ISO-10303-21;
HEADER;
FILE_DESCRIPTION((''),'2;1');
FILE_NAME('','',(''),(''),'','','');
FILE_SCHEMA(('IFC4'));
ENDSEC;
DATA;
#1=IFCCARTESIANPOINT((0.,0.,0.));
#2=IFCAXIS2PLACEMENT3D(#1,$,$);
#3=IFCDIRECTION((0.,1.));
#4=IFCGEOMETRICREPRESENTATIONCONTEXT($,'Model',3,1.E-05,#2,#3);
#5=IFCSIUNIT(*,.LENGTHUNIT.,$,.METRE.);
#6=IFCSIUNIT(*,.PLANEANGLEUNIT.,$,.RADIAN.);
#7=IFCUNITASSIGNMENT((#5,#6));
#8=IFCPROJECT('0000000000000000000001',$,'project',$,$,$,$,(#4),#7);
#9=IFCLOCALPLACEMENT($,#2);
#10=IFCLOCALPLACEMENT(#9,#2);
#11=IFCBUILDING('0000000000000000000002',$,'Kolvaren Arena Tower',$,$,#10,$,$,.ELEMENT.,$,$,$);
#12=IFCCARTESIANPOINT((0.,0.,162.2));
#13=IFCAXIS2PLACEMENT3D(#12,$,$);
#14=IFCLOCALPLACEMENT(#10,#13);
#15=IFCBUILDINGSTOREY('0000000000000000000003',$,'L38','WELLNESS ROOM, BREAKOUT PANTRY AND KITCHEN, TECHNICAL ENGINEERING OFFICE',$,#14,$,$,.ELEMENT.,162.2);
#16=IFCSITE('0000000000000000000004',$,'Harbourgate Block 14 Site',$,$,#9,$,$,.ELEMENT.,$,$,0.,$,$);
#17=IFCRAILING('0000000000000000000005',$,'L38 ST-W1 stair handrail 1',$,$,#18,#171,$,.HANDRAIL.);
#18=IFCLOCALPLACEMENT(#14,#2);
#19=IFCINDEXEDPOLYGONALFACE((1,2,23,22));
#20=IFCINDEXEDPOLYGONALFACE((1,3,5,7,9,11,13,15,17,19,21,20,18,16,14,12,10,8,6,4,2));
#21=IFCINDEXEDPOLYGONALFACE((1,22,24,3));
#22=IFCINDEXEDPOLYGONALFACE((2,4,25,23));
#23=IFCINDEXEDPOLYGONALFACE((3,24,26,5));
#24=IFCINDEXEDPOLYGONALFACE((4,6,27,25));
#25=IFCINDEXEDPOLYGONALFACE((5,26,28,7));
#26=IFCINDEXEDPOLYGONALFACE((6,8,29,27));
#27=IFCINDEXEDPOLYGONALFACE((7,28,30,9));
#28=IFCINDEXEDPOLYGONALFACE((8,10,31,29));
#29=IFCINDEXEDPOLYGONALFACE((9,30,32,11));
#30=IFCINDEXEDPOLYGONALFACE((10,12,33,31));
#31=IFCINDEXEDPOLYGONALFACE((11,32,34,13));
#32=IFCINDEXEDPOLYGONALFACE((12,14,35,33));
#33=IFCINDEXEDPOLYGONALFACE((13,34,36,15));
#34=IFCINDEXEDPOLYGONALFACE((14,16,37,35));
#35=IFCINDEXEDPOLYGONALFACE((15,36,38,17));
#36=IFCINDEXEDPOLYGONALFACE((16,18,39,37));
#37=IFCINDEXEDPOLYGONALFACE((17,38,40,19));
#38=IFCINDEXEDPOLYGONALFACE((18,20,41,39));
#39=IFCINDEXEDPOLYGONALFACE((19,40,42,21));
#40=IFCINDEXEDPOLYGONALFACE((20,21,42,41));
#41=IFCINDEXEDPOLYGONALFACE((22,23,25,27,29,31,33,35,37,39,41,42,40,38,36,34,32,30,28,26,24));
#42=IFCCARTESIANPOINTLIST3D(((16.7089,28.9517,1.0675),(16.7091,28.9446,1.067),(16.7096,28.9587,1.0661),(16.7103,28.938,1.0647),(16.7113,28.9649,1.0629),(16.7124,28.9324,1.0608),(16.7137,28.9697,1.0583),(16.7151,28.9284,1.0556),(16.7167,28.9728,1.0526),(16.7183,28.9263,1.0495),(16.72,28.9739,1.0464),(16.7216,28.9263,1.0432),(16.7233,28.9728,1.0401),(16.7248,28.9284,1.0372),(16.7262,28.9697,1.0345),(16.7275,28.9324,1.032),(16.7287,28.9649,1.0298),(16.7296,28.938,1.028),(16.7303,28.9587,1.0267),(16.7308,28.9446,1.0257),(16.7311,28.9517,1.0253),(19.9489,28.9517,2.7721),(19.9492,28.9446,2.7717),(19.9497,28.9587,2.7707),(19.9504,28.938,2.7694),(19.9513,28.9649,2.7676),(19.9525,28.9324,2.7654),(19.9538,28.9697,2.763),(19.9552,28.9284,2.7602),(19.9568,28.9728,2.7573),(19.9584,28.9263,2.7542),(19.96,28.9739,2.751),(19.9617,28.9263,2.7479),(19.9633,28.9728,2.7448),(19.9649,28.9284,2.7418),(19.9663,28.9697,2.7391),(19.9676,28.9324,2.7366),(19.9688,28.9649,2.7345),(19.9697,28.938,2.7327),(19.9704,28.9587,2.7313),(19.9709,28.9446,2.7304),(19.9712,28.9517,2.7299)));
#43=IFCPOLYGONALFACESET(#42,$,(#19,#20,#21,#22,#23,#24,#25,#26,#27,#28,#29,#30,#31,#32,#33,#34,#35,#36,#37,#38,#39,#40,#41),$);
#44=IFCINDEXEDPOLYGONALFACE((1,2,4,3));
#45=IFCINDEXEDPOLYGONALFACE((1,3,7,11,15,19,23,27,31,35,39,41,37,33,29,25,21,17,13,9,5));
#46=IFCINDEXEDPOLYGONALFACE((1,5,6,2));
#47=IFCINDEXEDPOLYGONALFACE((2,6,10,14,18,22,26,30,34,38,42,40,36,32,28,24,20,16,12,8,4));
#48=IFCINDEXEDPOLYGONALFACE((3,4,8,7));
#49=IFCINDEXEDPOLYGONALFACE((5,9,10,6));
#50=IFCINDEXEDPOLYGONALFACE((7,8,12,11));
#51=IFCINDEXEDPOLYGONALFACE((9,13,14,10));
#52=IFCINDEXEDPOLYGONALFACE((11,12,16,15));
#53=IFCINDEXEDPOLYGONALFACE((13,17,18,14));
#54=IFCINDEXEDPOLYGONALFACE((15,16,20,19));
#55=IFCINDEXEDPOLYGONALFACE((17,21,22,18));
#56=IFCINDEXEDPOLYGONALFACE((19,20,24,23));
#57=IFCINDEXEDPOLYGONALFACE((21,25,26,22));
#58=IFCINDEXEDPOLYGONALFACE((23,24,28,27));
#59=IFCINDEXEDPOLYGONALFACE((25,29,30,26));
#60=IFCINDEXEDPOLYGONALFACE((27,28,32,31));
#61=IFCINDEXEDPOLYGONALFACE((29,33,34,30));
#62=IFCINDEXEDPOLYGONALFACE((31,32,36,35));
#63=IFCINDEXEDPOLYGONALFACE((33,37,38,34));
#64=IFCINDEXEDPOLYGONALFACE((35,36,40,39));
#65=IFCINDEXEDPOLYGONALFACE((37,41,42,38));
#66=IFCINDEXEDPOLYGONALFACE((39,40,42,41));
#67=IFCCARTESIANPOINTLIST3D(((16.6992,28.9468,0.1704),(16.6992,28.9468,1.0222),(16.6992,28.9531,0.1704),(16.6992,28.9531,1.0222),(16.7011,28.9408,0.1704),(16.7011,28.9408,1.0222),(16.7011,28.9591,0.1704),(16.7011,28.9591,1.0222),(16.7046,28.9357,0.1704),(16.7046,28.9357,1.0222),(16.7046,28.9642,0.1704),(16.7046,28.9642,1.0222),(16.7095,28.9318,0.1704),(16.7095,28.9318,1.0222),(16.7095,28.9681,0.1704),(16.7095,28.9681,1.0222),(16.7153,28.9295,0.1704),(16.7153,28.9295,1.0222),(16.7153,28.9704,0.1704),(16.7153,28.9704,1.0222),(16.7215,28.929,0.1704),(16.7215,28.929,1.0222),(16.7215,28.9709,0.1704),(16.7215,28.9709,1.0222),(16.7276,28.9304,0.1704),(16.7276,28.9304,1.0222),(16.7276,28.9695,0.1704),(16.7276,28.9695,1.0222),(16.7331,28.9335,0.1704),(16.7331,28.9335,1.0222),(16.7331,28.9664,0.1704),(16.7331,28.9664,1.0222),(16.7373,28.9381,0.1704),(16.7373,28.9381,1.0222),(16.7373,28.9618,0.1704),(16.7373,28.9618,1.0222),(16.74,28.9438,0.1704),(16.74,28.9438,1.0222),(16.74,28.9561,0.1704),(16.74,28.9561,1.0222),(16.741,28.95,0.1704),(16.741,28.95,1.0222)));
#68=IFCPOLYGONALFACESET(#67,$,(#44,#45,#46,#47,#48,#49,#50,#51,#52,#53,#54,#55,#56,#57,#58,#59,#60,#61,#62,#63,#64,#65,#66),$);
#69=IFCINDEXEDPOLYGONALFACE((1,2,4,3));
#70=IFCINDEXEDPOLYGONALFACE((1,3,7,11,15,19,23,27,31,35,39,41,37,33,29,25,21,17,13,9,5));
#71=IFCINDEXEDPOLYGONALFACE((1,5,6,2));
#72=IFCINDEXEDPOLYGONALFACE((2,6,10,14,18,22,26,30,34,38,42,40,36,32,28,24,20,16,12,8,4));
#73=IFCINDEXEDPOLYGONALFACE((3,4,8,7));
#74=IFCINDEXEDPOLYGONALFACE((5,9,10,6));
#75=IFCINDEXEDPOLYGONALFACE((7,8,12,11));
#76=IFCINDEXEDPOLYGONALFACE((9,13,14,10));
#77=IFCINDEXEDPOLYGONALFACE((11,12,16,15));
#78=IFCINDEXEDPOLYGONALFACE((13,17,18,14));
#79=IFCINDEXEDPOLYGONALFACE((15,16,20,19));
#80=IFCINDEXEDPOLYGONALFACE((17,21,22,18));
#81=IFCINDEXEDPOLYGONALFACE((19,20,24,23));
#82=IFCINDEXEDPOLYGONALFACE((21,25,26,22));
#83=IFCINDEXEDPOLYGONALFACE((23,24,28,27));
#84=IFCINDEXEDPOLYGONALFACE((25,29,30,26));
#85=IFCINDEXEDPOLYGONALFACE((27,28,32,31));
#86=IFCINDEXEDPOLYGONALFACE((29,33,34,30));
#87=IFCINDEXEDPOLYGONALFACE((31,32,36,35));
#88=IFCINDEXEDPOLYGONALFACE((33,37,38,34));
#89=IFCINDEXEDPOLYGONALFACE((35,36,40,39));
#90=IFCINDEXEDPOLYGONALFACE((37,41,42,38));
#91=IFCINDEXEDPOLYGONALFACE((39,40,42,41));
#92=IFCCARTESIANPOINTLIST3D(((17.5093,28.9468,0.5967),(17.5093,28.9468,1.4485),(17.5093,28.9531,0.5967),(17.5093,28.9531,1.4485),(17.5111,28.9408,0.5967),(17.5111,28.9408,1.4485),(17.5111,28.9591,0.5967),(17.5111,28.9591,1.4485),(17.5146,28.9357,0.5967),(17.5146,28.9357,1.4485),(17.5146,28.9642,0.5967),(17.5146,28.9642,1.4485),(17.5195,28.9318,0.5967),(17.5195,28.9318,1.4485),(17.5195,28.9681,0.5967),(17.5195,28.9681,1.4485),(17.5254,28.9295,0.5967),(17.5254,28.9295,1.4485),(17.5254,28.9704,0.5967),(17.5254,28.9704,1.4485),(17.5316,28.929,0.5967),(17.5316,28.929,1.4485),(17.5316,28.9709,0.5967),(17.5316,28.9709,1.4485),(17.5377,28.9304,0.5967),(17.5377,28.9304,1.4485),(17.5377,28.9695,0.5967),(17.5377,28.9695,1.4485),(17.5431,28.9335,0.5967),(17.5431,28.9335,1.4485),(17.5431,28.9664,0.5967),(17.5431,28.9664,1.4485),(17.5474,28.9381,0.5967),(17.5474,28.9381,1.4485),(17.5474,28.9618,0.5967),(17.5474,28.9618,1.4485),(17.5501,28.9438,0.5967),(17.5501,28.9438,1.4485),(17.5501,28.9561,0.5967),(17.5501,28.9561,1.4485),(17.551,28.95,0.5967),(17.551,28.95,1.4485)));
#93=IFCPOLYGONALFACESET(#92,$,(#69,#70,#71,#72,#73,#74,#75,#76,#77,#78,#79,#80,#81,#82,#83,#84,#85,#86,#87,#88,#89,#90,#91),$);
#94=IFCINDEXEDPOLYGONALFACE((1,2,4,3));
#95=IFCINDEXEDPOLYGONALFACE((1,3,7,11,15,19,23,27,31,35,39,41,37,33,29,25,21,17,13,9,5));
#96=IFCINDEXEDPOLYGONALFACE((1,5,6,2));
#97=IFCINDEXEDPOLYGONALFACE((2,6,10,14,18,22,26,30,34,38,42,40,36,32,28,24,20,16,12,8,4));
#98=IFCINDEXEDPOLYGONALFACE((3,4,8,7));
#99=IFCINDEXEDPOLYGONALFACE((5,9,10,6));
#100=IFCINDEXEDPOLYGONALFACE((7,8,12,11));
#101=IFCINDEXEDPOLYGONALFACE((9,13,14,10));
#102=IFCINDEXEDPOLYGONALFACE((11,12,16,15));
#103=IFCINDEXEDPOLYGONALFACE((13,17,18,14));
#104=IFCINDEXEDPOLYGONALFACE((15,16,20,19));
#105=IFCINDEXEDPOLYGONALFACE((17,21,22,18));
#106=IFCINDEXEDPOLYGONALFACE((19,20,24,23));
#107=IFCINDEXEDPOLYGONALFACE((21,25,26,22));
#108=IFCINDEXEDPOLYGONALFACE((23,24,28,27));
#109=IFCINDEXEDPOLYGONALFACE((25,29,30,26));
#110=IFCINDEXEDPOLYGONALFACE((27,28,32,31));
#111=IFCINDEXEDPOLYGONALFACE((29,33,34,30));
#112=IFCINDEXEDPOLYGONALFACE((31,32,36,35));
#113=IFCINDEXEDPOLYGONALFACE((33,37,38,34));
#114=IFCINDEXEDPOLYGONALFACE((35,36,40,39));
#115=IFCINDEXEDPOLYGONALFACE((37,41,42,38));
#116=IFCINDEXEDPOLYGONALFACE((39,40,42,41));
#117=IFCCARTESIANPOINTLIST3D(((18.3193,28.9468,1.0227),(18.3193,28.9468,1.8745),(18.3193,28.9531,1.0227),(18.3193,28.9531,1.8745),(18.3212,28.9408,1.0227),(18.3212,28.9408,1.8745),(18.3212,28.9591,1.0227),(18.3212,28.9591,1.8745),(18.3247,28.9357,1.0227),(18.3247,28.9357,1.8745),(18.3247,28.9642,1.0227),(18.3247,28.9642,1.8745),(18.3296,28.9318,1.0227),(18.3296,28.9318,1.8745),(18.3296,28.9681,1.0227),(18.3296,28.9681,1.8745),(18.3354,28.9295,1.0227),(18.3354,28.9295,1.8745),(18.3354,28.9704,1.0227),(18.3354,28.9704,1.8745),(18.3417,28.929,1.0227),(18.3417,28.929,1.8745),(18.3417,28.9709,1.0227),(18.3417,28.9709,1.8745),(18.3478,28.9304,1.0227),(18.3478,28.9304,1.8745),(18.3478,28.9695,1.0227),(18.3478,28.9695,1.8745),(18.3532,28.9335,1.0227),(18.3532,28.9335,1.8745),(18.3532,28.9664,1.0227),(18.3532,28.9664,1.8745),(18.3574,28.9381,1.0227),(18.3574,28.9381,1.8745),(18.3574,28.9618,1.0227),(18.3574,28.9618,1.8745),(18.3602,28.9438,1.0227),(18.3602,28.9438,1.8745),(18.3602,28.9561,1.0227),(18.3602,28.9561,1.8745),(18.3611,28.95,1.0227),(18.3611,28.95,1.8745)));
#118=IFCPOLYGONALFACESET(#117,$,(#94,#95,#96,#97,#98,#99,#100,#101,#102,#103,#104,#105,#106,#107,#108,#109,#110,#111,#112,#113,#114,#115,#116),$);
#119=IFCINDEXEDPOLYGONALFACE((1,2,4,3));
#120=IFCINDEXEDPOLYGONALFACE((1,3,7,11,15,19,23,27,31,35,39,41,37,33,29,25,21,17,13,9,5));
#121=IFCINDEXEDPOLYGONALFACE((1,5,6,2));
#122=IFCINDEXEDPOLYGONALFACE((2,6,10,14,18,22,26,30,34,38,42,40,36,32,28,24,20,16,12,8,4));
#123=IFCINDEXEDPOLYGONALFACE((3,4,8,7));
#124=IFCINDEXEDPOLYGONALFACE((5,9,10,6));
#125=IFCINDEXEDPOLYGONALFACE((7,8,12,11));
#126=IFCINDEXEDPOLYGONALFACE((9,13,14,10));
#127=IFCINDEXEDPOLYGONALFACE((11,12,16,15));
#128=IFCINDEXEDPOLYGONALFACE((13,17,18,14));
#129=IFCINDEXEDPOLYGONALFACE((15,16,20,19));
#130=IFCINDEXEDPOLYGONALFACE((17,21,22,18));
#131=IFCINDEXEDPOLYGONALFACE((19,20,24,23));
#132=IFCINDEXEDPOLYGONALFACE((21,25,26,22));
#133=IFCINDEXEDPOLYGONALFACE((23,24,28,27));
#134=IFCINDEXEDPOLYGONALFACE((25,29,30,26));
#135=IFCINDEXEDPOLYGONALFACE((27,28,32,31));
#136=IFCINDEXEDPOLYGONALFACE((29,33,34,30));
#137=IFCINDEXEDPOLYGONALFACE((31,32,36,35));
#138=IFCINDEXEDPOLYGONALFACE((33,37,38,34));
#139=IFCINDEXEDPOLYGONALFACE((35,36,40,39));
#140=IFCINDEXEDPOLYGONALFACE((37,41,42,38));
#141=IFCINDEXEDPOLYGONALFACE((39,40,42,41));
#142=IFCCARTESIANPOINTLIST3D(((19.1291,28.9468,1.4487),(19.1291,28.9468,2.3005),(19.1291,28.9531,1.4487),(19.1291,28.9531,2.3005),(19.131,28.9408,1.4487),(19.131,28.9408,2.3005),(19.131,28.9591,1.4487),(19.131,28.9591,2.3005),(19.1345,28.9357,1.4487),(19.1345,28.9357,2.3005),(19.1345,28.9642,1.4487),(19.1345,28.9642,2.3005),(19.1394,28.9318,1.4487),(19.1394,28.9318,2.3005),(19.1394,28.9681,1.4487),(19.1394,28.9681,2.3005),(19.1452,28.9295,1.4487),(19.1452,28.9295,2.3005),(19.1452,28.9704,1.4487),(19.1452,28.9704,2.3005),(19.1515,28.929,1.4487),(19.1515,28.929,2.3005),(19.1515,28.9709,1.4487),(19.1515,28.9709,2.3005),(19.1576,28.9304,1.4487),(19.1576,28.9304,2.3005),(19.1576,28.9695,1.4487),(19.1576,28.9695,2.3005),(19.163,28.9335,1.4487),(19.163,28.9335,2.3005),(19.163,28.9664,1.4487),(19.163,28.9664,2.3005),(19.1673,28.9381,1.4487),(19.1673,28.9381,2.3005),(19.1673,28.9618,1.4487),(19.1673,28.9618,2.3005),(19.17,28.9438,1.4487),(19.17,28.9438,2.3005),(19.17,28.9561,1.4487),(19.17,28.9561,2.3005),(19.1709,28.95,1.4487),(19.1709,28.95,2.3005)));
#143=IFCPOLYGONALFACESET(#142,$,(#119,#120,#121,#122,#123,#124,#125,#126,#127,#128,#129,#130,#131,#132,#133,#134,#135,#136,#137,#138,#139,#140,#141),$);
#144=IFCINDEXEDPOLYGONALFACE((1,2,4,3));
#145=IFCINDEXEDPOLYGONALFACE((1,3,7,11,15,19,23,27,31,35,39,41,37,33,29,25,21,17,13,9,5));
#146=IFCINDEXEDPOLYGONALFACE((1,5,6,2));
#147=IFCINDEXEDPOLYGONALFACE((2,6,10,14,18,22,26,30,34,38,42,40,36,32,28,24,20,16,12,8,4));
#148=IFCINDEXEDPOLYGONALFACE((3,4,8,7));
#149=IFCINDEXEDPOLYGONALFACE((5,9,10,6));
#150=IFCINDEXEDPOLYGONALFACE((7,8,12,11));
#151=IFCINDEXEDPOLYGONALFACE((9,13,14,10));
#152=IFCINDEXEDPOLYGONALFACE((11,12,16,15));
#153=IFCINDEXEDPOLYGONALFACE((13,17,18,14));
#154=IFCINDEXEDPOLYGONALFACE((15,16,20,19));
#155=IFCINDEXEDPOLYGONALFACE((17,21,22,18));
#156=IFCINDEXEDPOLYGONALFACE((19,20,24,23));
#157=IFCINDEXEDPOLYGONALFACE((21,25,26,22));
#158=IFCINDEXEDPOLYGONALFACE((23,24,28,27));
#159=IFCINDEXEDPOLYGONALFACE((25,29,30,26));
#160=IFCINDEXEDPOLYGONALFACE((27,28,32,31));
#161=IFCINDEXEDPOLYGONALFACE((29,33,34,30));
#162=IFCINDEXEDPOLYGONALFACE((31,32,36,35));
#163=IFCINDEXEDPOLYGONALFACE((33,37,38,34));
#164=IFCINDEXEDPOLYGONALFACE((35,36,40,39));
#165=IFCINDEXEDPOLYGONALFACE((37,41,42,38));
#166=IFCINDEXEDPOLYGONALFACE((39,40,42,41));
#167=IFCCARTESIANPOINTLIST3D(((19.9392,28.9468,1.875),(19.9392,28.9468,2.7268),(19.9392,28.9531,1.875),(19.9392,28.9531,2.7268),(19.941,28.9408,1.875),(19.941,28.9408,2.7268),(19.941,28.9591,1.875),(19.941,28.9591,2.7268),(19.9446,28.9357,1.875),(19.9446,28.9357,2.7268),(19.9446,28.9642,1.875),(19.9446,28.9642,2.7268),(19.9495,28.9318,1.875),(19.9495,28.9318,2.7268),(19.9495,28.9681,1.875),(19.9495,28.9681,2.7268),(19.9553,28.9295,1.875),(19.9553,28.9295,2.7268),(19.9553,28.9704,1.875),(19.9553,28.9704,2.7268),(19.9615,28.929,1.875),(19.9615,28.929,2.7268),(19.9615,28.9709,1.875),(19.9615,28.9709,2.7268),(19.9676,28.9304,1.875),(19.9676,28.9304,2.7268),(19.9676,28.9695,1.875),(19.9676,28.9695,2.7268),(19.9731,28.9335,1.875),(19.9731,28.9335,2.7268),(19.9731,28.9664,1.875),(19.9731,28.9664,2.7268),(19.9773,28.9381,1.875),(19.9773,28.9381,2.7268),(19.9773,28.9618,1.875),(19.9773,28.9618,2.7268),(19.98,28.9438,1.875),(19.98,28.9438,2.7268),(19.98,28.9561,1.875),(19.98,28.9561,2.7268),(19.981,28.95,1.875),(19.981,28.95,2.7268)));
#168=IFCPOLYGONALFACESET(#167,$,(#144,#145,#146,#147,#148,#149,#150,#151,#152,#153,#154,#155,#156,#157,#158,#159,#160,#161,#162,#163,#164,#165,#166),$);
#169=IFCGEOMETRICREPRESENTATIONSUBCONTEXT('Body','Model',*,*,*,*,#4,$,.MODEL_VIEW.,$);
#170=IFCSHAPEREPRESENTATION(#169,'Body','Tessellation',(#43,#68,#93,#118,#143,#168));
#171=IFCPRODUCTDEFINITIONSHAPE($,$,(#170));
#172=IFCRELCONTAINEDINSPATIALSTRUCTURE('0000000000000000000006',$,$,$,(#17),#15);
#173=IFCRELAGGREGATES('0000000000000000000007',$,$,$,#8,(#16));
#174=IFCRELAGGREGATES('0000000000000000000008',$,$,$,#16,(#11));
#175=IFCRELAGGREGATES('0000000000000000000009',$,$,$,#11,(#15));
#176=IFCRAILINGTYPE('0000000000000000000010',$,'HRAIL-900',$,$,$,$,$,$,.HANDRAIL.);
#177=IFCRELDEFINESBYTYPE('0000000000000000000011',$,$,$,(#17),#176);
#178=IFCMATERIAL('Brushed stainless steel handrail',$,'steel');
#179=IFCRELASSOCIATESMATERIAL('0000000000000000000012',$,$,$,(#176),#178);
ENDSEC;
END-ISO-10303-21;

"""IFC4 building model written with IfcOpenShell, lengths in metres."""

from ifc_helpers import new_model, si_unit, direction, frame, origin, origin_2d, place, context, subcontext, project, spatial, circle, extrude, material, type_object, element, save


model = new_model("IFC4")

# Units and contexts
model_context = context("Model", 3, precision=1e-05, world=origin(), true_north=direction((0.0, 1.0)))
body_context = subcontext(model_context, "Body", "Model", "MODEL_VIEW")
ifc_project = project(units=[si_unit("LENGTHUNIT", "METRE"), si_unit("PLANEANGLEUNIT", "RADIAN")], contexts=[model_context])

# Site, building, storey
site_placement = place(None, origin())
site = spatial("IfcSite", under=ifc_project, at=site_placement, Name="Harbourgate Block 14 Site", CompositionType="ELEMENT", RefElevation=0.0)
building_placement = place(site_placement, origin())
building = spatial("IfcBuilding", under=site, at=building_placement, Name="Kolvaren Arena Tower", CompositionType="ELEMENT")
storey_placement = place(building_placement, frame((0.0, 0.0, 162.2)))
storey = spatial("IfcBuildingStorey", under=building, at=storey_placement, Name="L38", Description="WELLNESS ROOM, BREAKOUT PANTRY AND KITCHEN, TECHNICAL ENGINEERING OFFICE", CompositionType="ELEMENT", Elevation=162.2)

# Railing
ifc_material_1 = material(Name="Brushed stainless steel handrail", Category="steel")
railing_type_1 = type_object("IfcRailingType", Name="HRAIL-900", PredefinedType="HANDRAIL", material=ifc_material_1)
railing_1_placement = place(storey_placement, frame((16.72, 28.95, 0.1704)))
element("IfcRailing", 1, at=railing_1_placement, inside=storey, type_object=railing_type_1, Name="L38 ST-W1 stair handrail 1", PredefinedType="HANDRAIL", context=body_context, shape_type="SweptSolid", body=[
    extrude(circle(Radius=0.0239, at=origin_2d()), frame((0.0, 0.0, 0.876), z_axis=(0.884993, 0.0, 0.465604), x_axis=(0.0, 1.0, 0.0)), (0.0, 0.0, 1.0), 3.6611),
    extrude(circle(Radius=0.021, at=origin_2d()), origin(), (0.0, 0.0, 1.0), 0.8518),
    extrude(circle(Radius=0.021, at=origin_2d()), frame((0.8101, 0.0, 0.4263)), (0.0, 0.0, 1.0), 0.8518),
    extrude(circle(Radius=0.021, at=origin_2d()), frame((1.6201, 0.0, 0.8523)), (0.0, 0.0, 1.0), 0.8518),
    extrude(circle(Radius=0.021, at=origin_2d()), frame((2.4299, 0.0, 1.2783)), (0.0, 0.0, 1.0), 0.8518),
    extrude(circle(Radius=0.021, at=origin_2d()), frame((3.24, 0.0, 1.7046)), (0.0, 0.0, 1.0), 0.8518),
])

save(model, "model.ifc")
